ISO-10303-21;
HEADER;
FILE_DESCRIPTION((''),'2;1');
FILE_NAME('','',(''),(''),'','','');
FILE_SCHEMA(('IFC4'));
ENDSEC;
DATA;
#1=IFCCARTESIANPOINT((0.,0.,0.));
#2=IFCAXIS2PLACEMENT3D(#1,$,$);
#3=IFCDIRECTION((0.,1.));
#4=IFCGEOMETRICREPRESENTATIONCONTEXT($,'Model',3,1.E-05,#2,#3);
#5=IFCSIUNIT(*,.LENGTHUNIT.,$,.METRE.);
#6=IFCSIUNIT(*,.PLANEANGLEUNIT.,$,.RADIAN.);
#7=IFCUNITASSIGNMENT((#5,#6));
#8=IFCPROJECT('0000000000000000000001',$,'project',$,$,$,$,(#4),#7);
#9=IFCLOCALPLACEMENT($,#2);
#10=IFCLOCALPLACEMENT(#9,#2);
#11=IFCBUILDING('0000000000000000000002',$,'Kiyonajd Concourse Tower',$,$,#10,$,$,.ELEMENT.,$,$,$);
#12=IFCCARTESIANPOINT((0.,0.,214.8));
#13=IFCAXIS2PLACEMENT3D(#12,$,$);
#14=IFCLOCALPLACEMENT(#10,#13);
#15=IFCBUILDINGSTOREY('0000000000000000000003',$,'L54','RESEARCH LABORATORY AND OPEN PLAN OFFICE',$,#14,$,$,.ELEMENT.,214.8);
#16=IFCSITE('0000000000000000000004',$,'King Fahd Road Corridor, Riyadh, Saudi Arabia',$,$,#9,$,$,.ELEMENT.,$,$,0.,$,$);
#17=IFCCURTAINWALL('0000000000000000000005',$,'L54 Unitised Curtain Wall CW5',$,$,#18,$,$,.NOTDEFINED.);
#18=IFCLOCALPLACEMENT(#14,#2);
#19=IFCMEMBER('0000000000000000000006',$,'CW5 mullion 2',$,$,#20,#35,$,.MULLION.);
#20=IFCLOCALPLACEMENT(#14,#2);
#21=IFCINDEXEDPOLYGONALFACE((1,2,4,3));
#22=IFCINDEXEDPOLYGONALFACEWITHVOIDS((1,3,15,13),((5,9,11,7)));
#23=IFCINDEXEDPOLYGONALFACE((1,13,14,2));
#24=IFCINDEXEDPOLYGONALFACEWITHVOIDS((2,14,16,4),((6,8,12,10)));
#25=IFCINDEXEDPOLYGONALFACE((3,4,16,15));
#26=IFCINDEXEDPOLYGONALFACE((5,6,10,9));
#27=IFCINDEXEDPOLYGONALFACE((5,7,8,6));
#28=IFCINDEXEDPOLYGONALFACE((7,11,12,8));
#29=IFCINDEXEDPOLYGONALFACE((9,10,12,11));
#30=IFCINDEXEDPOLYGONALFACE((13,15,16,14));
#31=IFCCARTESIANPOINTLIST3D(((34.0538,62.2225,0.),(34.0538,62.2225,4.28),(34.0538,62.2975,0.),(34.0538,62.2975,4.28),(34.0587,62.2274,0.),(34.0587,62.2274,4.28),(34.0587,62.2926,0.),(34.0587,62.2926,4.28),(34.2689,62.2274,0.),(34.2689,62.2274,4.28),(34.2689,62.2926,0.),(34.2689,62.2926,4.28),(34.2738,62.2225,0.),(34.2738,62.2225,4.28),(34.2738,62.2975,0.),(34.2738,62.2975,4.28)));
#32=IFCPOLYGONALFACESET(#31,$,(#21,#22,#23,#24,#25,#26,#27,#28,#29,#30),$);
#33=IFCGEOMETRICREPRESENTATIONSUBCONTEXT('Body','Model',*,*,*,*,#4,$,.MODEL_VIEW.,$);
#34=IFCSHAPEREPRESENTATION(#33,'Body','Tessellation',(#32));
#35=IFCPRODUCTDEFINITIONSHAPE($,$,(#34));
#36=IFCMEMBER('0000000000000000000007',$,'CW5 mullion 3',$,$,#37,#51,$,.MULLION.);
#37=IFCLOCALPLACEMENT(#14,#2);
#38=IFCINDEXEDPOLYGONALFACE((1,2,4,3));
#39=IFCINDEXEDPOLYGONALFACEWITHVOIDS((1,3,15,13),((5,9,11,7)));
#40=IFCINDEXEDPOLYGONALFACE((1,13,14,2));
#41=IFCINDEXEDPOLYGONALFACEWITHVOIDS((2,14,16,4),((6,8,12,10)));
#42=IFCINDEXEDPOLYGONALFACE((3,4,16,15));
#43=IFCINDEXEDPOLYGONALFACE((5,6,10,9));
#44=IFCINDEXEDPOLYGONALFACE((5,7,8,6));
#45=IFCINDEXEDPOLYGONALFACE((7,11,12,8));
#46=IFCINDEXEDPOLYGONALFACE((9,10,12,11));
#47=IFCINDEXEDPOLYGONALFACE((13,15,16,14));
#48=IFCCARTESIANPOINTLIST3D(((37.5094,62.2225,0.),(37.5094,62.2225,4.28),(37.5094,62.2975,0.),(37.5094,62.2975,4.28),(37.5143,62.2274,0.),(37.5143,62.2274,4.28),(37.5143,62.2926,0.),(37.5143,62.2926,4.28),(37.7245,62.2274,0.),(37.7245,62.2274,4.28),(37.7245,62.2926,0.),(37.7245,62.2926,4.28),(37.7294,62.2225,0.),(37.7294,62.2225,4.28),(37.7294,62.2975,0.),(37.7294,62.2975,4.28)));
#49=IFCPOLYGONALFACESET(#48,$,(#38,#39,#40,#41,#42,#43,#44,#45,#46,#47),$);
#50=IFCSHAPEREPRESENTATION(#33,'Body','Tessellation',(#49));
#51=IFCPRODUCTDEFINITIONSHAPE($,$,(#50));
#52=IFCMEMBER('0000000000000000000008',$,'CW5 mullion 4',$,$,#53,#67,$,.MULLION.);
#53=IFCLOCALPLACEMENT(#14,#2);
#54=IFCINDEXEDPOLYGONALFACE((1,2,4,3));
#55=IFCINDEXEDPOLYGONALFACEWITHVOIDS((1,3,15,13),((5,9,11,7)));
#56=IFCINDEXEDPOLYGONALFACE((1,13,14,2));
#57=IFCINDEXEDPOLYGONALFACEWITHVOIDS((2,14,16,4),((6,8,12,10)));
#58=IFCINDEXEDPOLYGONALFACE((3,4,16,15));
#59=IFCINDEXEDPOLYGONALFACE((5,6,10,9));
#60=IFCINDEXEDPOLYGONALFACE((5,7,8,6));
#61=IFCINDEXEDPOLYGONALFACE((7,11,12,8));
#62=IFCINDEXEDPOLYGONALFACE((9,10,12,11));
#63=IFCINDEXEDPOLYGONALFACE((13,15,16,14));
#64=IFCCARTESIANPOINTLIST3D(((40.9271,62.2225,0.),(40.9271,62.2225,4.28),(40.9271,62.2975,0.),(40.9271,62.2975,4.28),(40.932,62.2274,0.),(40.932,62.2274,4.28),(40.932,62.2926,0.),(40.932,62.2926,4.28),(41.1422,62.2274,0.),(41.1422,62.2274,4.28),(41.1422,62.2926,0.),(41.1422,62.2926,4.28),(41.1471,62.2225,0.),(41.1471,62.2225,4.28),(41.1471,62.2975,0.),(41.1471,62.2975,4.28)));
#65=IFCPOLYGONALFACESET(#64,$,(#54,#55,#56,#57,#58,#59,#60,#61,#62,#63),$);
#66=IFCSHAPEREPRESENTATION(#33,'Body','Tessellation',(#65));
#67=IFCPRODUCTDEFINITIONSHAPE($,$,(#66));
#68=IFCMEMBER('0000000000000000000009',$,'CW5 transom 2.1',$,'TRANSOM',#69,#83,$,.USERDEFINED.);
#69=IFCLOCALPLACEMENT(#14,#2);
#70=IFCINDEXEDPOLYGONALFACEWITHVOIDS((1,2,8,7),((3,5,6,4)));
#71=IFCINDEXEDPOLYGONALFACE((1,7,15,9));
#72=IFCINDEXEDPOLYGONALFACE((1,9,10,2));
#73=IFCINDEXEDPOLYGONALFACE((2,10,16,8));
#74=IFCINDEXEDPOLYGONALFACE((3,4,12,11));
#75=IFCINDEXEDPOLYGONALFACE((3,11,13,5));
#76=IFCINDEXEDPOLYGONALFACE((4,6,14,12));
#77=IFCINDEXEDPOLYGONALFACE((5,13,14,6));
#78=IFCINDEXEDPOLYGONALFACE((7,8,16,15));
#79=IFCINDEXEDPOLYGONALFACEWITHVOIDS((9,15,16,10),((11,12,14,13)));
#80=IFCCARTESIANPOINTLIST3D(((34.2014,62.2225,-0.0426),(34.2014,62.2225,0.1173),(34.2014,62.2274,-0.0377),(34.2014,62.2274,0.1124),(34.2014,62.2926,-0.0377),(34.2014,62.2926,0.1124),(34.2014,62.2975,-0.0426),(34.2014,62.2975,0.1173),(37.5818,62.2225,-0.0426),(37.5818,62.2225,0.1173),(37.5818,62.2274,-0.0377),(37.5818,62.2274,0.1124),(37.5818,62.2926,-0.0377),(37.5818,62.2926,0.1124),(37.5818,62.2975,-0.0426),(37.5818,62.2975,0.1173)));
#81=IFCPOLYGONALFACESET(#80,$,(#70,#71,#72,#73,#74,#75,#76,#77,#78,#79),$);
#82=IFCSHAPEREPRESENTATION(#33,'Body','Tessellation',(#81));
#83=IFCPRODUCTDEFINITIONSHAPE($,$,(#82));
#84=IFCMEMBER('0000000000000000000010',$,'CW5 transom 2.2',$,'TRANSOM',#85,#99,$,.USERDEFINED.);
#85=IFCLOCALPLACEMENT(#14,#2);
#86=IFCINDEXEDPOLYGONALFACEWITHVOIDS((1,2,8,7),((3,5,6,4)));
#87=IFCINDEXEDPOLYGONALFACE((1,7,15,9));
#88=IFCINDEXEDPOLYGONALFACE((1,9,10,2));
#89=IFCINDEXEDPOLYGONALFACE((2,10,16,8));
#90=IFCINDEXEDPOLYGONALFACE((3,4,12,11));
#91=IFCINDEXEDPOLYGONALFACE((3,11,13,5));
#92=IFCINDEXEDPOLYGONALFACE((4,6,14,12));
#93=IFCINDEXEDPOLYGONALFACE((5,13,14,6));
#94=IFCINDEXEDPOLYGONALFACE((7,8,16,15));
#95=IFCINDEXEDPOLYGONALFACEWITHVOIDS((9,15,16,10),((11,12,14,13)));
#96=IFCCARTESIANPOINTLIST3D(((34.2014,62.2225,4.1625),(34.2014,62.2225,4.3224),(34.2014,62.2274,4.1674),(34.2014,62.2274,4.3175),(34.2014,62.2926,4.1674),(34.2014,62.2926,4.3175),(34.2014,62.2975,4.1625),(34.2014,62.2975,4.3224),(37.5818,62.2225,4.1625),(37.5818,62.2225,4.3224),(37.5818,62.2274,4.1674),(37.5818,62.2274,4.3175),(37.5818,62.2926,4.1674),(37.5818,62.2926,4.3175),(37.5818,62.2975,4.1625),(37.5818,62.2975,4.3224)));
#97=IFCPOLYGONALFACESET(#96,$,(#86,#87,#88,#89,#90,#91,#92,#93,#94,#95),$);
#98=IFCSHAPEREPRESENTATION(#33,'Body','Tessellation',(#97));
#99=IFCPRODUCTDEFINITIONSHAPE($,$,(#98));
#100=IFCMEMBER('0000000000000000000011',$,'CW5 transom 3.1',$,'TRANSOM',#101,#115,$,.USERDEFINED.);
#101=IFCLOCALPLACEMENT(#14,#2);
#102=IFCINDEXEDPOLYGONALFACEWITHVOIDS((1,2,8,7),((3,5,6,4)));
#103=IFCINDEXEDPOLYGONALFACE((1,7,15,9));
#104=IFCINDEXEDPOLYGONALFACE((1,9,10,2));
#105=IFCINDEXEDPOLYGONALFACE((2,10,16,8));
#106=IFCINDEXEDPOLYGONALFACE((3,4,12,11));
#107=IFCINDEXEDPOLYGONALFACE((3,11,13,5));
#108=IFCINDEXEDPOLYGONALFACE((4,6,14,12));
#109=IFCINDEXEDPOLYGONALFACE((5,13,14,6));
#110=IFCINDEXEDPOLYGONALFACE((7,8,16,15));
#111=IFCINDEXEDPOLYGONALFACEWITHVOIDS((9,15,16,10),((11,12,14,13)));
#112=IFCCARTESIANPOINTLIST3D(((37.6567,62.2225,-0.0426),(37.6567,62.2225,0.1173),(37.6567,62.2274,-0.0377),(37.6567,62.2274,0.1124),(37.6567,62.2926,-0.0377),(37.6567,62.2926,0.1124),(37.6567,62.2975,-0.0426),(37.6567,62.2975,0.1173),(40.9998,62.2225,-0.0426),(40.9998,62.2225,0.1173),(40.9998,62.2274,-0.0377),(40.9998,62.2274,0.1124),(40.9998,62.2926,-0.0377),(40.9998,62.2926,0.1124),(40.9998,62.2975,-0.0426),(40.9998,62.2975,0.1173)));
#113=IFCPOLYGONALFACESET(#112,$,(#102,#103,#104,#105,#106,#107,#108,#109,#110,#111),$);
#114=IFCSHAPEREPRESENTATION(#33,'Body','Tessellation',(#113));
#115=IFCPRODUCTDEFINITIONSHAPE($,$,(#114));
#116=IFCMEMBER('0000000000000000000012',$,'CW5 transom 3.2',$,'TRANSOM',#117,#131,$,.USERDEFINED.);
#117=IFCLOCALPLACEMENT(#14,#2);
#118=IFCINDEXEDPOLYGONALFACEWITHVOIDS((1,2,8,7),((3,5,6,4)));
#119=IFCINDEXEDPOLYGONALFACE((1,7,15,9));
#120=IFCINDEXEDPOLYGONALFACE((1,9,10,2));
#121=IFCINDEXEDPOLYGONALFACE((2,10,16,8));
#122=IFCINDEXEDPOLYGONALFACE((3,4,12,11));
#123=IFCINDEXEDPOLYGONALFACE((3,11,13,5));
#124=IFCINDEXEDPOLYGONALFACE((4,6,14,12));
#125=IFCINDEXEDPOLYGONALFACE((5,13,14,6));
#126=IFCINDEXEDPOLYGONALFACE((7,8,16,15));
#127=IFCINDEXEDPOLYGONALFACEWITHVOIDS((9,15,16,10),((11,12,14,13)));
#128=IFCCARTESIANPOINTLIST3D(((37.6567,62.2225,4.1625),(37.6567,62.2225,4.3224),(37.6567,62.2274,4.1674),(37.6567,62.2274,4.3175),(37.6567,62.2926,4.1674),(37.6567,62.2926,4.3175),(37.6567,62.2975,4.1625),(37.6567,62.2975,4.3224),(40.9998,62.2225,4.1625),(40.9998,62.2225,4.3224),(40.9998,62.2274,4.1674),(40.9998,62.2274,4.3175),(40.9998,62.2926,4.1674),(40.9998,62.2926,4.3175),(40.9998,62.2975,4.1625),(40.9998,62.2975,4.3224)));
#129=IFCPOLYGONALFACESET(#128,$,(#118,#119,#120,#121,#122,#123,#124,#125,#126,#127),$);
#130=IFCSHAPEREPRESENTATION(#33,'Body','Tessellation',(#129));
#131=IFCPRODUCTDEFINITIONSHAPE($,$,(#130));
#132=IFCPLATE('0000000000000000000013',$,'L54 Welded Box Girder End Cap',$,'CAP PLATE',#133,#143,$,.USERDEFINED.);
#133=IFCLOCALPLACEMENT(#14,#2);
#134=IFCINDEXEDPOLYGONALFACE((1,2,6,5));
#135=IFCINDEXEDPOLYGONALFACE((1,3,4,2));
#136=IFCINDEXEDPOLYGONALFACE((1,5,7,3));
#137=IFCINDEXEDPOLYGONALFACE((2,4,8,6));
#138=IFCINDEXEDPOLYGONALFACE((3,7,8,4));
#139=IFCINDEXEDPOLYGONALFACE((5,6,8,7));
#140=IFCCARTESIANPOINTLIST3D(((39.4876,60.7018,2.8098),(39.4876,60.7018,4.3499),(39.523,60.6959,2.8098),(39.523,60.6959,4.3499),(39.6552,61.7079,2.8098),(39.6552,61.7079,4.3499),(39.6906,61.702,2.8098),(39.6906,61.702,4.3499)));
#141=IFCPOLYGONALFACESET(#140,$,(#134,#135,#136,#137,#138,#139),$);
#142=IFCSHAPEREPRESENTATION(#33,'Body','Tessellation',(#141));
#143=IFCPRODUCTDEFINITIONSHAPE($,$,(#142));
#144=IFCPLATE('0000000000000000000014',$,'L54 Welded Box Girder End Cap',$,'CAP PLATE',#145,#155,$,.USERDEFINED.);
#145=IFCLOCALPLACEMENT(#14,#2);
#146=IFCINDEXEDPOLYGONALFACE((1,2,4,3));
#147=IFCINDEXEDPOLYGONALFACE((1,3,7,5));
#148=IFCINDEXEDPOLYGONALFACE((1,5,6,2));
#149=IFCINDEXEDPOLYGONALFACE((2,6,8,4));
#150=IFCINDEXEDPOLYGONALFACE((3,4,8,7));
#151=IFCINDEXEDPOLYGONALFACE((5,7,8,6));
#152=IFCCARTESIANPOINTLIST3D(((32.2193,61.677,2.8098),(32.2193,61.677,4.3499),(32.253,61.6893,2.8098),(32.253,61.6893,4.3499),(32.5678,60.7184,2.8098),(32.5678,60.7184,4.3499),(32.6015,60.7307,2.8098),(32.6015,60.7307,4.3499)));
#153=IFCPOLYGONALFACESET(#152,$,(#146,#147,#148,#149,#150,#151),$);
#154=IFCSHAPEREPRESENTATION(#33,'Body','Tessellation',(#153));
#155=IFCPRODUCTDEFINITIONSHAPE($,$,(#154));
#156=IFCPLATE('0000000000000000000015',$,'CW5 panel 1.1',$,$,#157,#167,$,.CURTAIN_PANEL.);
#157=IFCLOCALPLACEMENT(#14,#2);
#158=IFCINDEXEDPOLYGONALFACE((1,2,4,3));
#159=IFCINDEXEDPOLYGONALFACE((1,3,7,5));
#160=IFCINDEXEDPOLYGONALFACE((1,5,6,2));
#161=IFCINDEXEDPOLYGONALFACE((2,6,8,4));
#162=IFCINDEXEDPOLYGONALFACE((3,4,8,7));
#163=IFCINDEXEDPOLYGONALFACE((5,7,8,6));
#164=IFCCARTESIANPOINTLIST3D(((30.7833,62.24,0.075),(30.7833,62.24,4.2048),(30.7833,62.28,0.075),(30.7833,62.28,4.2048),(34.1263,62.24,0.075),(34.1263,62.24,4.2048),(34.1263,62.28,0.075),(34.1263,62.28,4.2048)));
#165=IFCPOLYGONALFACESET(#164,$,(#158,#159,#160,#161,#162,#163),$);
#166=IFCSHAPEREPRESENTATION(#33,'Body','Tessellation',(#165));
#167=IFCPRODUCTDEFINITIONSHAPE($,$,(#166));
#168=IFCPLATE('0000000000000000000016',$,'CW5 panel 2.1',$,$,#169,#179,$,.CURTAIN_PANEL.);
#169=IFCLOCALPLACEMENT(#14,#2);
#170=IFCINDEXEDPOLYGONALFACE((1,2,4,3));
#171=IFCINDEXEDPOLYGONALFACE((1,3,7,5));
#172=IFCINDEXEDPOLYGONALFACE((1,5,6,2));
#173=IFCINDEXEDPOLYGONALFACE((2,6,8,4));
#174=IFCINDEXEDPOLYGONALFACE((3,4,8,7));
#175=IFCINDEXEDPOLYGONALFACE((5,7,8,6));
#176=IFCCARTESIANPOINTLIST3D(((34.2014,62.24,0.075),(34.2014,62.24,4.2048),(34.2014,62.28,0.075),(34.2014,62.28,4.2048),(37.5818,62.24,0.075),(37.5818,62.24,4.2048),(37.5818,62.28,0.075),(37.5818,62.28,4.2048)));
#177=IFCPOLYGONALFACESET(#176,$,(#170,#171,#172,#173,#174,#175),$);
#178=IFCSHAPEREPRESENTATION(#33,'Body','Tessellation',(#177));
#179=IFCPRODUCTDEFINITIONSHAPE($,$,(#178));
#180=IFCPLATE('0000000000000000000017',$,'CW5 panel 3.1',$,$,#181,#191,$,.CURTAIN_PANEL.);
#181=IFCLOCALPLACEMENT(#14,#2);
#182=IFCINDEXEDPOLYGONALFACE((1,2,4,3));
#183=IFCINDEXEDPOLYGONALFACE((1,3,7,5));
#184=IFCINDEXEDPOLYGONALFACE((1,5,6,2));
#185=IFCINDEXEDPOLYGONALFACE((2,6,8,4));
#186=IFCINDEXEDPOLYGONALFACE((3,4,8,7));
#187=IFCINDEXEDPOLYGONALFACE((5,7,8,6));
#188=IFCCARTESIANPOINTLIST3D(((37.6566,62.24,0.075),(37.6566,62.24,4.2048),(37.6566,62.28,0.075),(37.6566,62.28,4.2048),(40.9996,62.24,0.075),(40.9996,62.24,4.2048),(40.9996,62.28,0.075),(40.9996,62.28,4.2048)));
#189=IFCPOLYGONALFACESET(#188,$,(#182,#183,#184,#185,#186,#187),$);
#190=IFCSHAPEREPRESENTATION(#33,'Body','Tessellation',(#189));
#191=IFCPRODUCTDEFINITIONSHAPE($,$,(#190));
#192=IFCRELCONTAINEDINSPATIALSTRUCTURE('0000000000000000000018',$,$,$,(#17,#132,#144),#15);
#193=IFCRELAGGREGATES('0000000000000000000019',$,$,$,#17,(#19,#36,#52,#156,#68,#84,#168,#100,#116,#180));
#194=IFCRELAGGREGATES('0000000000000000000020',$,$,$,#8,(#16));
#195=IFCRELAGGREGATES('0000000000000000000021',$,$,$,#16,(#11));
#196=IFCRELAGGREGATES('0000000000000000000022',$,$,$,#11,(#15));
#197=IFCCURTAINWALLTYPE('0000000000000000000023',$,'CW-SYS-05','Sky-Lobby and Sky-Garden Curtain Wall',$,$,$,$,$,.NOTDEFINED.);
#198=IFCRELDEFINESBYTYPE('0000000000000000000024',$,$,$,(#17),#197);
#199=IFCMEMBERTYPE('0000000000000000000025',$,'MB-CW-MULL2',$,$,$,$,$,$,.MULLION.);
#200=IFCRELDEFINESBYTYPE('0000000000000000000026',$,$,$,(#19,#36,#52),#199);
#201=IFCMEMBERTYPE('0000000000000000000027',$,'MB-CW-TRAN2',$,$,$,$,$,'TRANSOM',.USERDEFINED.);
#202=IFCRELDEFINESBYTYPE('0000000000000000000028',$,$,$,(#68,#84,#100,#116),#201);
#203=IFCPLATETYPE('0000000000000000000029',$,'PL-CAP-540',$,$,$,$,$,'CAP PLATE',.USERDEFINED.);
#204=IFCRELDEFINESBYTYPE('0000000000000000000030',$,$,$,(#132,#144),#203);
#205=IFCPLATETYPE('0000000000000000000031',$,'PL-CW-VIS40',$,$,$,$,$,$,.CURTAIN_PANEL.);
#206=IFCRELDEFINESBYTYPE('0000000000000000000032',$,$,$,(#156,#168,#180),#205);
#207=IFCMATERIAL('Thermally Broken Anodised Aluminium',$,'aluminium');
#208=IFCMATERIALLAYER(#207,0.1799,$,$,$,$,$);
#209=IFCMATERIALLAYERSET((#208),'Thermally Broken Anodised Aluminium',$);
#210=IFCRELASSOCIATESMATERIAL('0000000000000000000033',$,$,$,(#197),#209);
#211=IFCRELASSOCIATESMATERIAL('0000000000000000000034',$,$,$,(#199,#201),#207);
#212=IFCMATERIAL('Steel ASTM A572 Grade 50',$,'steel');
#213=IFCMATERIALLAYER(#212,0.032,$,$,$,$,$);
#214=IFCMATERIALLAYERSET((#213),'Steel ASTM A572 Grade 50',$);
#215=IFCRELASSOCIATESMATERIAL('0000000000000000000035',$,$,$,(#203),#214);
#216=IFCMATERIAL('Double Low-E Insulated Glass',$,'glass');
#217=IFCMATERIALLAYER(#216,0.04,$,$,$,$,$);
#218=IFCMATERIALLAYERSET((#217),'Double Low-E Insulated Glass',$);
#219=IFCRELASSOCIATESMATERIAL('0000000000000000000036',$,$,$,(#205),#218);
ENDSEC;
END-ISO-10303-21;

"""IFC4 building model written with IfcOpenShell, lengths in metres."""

from ifc_helpers import new_model, si_unit, direction, frame, origin, origin_2d, place, context, subcontext, project, spatial, rectangle, hollow_rectangle, extrude, material, layer, layer_set, material_profile, profile_set, type_object, element, aggregate, save


model = new_model("IFC4")

# Units and contexts
model_context = context("Model", 3, precision=1e-05, world=origin(), true_north=direction((0.0, 1.0)))
body_context = subcontext(model_context, "Body", "Model", "MODEL_VIEW")
ifc_project = project(units=[si_unit("LENGTHUNIT", "METRE"), si_unit("PLANEANGLEUNIT", "RADIAN")], contexts=[model_context])

# Site, building, storey
site_placement = place(None, origin())
site = spatial("IfcSite", under=ifc_project, at=site_placement, Name="King Fahd Road Corridor, Riyadh, Saudi Arabia", CompositionType="ELEMENT", RefElevation=0.0)
building_placement = place(site_placement, origin())
building = spatial("IfcBuilding", under=site, at=building_placement, Name="Kiyonajd Concourse Tower", CompositionType="ELEMENT")
storey_placement = place(building_placement, frame((0.0, 0.0, 214.8)))
storey = spatial("IfcBuildingStorey", under=building, at=storey_placement, Name="L54", Description="RESEARCH LABORATORY AND OPEN PLAN OFFICE", CompositionType="ELEMENT", Elevation=214.8)

# Shared definitions
ifc_material_1 = material(Name="Steel ASTM A572 Grade 50", Category="steel")

# Curtain wall, members
ifc_material_2 = material(Name="Thermally Broken Anodised Aluminium", Category="aluminium")
ifc_layer_1 = layer(ifc_material_2, 0.1799)
ifc_layer_set_1 = layer_set([ifc_layer_1], Name="Thermally Broken Anodised Aluminium")
curtain_wall_type = type_object("IfcCurtainWallType", Name="CW-SYS-05", Description="Sky-Lobby and Sky-Garden Curtain Wall", PredefinedType="NOTDEFINED", material=ifc_layer_set_1)
curtain_wall_placement = place(storey_placement, origin())
curtain_wall = element("IfcCurtainWall", 1, at=curtain_wall_placement, inside=storey, type_object=curtain_wall_type, Name="L54 Unitised Curtain Wall CW5", PredefinedType="NOTDEFINED")
ifc_material_profile_1 = material_profile(ifc_material_2, hollow_rectangle(XDim=0.075, YDim=0.22, WallThickness=0.0049, at=origin_2d()), Name="MULL-75x220")
ifc_profile_set_1 = profile_set([ifc_material_profile_1], Name="Thermally Broken Anodised Aluminium")
member_type_1 = type_object("IfcMemberType", Name="MB-CW-MULL2", PredefinedType="MULLION", material=ifc_profile_set_1)
member_1_placement = place(storey_placement, frame((34.1638, 62.26, 0.0), z_axis=(0.0, 0.0, 1.0), x_axis=(0.0, 1.0, 0.0)))
member_1 = element("IfcMember", 2, at=member_1_placement, type_object=member_type_1, Name="CW5 mullion 2", PredefinedType="MULLION", context=body_context, shape_type="SweptSolid", body=[
    extrude(hollow_rectangle(XDim=0.075, YDim=0.22, WallThickness=0.0049, at=origin_2d()), origin(), (0.0, 0.0, 1.0), 4.28),
])
member_2_placement = place(storey_placement, frame((37.6194, 62.26, 0.0), z_axis=(0.0, 0.0, 1.0), x_axis=(0.0, 1.0, 0.0)))
member_2 = element("IfcMember", 3, at=member_2_placement, type_object=member_type_1, Name="CW5 mullion 3", PredefinedType="MULLION", context=body_context, shape_type="SweptSolid", body=[
    extrude(hollow_rectangle(XDim=0.075, YDim=0.22, WallThickness=0.0049, at=origin_2d()), origin(), (0.0, 0.0, 1.0), 4.28),
])
member_3_placement = place(storey_placement, frame((41.0371, 62.26, 0.0), z_axis=(0.0, 0.0, 1.0), x_axis=(0.0, 1.0, 0.0)))
member_3 = element("IfcMember", 4, at=member_3_placement, type_object=member_type_1, Name="CW5 mullion 4", PredefinedType="MULLION", context=body_context, shape_type="SweptSolid", body=[
    extrude(hollow_rectangle(XDim=0.075, YDim=0.22, WallThickness=0.0049, at=origin_2d()), origin(), (0.0, 0.0, 1.0), 4.28),
])
ifc_material_profile_2 = material_profile(ifc_material_2, hollow_rectangle(XDim=0.075, YDim=0.1599, WallThickness=0.0049, at=origin_2d()), Name="TRAN-75x160")
ifc_profile_set_2 = profile_set([ifc_material_profile_2], Name="Thermally Broken Anodised Aluminium")
member_type_2 = type_object("IfcMemberType", Name="MB-CW-TRAN2", ElementType="TRANSOM", PredefinedType="USERDEFINED", material=ifc_profile_set_2)
member_4_placement = place(storey_placement, frame((34.2014, 62.26, 0.0374), z_axis=(1.0, 0.0, 0.0), x_axis=(0.0, 1.0, 0.0)))
member_4 = element("IfcMember", 5, at=member_4_placement, type_object=member_type_2, Name="CW5 transom 2.1", ObjectType="TRANSOM", PredefinedType="USERDEFINED", context=body_context, shape_type="SweptSolid", body=[
    extrude(hollow_rectangle(XDim=0.075, YDim=0.1599, WallThickness=0.0049, at=origin_2d()), origin(), (0.0, 0.0, 1.0), 3.3804),
])
member_5_placement = place(storey_placement, frame((34.2014, 62.26, 4.2424), z_axis=(1.0, 0.0, 0.0), x_axis=(0.0, 1.0, 0.0)))
member_5 = element("IfcMember", 6, at=member_5_placement, type_object=member_type_2, Name="CW5 transom 2.2", ObjectType="TRANSOM", PredefinedType="USERDEFINED", context=body_context, shape_type="SweptSolid", body=[
    extrude(hollow_rectangle(XDim=0.075, YDim=0.1599, WallThickness=0.0049, at=origin_2d()), origin(), (0.0, 0.0, 1.0), 3.3804),
])
member_6_placement = place(storey_placement, frame((37.6567, 62.26, 0.0374), z_axis=(1.0, 0.0, 0.0), x_axis=(0.0, 1.0, 0.0)))
member_6 = element("IfcMember", 7, at=member_6_placement, type_object=member_type_2, Name="CW5 transom 3.1", ObjectType="TRANSOM", PredefinedType="USERDEFINED", context=body_context, shape_type="SweptSolid", body=[
    extrude(hollow_rectangle(XDim=0.075, YDim=0.1599, WallThickness=0.0049, at=origin_2d()), origin(), (0.0, 0.0, 1.0), 3.343),
])
member_7_placement = place(storey_placement, frame((37.6567, 62.26, 4.2424), z_axis=(1.0, 0.0, 0.0), x_axis=(0.0, 1.0, 0.0)))
member_7 = element("IfcMember", 8, at=member_7_placement, type_object=member_type_2, Name="CW5 transom 3.2", ObjectType="TRANSOM", PredefinedType="USERDEFINED", context=body_context, shape_type="SweptSolid", body=[
    extrude(hollow_rectangle(XDim=0.075, YDim=0.1599, WallThickness=0.0049, at=origin_2d()), origin(), (0.0, 0.0, 1.0), 3.343),
])

# Plates
ifc_layer_2 = layer(ifc_material_1, 0.032)
ifc_layer_set_2 = layer_set([ifc_layer_2], Name="Steel ASTM A572 Grade 50")
plate_type_1 = type_object("IfcPlateType", Name="PL-CAP-540", ElementType="CAP PLATE", PredefinedType="USERDEFINED", material=ifc_layer_set_2)
for number, where, z_axis, x_axis, name in (
    (9, (39.5891, 61.2019, 2.8098), (0.0, 0.0, 1.0), (-0.986401, 0.164359, 0.0), "L54 Welded Box Girder End Cap"),
    (10, (32.4104, 61.2039, 2.8098), (0.0, 0.0, 1.0), (0.939812, 0.341692, 0.0), "L54 Welded Box Girder End Cap"),
):
    element("IfcPlate", number, at=place(storey_placement, frame(where, z_axis=z_axis, x_axis=x_axis)), inside=storey, type_object=plate_type_1, Name=name, ObjectType="CAP PLATE", PredefinedType="USERDEFINED", context=body_context, shape_type="SweptSolid", body=[
        extrude(rectangle(XDim=0.0359, YDim=1.02, at=origin_2d()), origin(), (0.0, 0.0, 1.0), 1.54),
    ])

# Plates
ifc_material_3 = material(Name="Double Low-E Insulated Glass", Category="glass")
ifc_layer_3 = layer(ifc_material_3, 0.04)
ifc_layer_set_3 = layer_set([ifc_layer_3], Name="Double Low-E Insulated Glass")
plate_type_2 = type_object("IfcPlateType", Name="PL-CW-VIS40", PredefinedType="CURTAIN_PANEL", material=ifc_layer_set_3)
plate_1_placement = place(storey_placement, frame((32.4548, 62.26, 0.075), z_axis=(0.0, 0.0, 1.0), x_axis=(1.0, 0.0, 0.0)))
plate_1 = element("IfcPlate", 11, at=plate_1_placement, type_object=plate_type_2, Name="CW5 panel 1.1", PredefinedType="CURTAIN_PANEL", context=body_context, shape_type="SweptSolid", body=[
    extrude(rectangle(XDim=3.343, YDim=0.04, at=origin_2d()), origin(), (0.0, 0.0, 1.0), 4.1299),
])
plate_2_placement = place(storey_placement, frame((35.8916, 62.26, 0.075), z_axis=(0.0, 0.0, 1.0), x_axis=(1.0, 0.0, 0.0)))
plate_2 = element("IfcPlate", 12, at=plate_2_placement, type_object=plate_type_2, Name="CW5 panel 2.1", PredefinedType="CURTAIN_PANEL", context=body_context, shape_type="SweptSolid", body=[
    extrude(rectangle(XDim=3.3804, YDim=0.04, at=origin_2d()), origin(), (0.0, 0.0, 1.0), 4.1299),
])
plate_3_placement = place(storey_placement, frame((39.3281, 62.26, 0.075), z_axis=(0.0, 0.0, 1.0), x_axis=(1.0, 0.0, 0.0)))
plate_3 = element("IfcPlate", 13, at=plate_3_placement, type_object=plate_type_2, Name="CW5 panel 3.1", PredefinedType="CURTAIN_PANEL", context=body_context, shape_type="SweptSolid", body=[
    extrude(rectangle(XDim=3.343, YDim=0.04, at=origin_2d()), origin(), (0.0, 0.0, 1.0), 4.1299),
])
aggregate(curtain_wall, [member_1, member_2, member_3, plate_1, member_4, member_5, plate_2, member_6, member_7, plate_3])

save(model, "model.ifc")
